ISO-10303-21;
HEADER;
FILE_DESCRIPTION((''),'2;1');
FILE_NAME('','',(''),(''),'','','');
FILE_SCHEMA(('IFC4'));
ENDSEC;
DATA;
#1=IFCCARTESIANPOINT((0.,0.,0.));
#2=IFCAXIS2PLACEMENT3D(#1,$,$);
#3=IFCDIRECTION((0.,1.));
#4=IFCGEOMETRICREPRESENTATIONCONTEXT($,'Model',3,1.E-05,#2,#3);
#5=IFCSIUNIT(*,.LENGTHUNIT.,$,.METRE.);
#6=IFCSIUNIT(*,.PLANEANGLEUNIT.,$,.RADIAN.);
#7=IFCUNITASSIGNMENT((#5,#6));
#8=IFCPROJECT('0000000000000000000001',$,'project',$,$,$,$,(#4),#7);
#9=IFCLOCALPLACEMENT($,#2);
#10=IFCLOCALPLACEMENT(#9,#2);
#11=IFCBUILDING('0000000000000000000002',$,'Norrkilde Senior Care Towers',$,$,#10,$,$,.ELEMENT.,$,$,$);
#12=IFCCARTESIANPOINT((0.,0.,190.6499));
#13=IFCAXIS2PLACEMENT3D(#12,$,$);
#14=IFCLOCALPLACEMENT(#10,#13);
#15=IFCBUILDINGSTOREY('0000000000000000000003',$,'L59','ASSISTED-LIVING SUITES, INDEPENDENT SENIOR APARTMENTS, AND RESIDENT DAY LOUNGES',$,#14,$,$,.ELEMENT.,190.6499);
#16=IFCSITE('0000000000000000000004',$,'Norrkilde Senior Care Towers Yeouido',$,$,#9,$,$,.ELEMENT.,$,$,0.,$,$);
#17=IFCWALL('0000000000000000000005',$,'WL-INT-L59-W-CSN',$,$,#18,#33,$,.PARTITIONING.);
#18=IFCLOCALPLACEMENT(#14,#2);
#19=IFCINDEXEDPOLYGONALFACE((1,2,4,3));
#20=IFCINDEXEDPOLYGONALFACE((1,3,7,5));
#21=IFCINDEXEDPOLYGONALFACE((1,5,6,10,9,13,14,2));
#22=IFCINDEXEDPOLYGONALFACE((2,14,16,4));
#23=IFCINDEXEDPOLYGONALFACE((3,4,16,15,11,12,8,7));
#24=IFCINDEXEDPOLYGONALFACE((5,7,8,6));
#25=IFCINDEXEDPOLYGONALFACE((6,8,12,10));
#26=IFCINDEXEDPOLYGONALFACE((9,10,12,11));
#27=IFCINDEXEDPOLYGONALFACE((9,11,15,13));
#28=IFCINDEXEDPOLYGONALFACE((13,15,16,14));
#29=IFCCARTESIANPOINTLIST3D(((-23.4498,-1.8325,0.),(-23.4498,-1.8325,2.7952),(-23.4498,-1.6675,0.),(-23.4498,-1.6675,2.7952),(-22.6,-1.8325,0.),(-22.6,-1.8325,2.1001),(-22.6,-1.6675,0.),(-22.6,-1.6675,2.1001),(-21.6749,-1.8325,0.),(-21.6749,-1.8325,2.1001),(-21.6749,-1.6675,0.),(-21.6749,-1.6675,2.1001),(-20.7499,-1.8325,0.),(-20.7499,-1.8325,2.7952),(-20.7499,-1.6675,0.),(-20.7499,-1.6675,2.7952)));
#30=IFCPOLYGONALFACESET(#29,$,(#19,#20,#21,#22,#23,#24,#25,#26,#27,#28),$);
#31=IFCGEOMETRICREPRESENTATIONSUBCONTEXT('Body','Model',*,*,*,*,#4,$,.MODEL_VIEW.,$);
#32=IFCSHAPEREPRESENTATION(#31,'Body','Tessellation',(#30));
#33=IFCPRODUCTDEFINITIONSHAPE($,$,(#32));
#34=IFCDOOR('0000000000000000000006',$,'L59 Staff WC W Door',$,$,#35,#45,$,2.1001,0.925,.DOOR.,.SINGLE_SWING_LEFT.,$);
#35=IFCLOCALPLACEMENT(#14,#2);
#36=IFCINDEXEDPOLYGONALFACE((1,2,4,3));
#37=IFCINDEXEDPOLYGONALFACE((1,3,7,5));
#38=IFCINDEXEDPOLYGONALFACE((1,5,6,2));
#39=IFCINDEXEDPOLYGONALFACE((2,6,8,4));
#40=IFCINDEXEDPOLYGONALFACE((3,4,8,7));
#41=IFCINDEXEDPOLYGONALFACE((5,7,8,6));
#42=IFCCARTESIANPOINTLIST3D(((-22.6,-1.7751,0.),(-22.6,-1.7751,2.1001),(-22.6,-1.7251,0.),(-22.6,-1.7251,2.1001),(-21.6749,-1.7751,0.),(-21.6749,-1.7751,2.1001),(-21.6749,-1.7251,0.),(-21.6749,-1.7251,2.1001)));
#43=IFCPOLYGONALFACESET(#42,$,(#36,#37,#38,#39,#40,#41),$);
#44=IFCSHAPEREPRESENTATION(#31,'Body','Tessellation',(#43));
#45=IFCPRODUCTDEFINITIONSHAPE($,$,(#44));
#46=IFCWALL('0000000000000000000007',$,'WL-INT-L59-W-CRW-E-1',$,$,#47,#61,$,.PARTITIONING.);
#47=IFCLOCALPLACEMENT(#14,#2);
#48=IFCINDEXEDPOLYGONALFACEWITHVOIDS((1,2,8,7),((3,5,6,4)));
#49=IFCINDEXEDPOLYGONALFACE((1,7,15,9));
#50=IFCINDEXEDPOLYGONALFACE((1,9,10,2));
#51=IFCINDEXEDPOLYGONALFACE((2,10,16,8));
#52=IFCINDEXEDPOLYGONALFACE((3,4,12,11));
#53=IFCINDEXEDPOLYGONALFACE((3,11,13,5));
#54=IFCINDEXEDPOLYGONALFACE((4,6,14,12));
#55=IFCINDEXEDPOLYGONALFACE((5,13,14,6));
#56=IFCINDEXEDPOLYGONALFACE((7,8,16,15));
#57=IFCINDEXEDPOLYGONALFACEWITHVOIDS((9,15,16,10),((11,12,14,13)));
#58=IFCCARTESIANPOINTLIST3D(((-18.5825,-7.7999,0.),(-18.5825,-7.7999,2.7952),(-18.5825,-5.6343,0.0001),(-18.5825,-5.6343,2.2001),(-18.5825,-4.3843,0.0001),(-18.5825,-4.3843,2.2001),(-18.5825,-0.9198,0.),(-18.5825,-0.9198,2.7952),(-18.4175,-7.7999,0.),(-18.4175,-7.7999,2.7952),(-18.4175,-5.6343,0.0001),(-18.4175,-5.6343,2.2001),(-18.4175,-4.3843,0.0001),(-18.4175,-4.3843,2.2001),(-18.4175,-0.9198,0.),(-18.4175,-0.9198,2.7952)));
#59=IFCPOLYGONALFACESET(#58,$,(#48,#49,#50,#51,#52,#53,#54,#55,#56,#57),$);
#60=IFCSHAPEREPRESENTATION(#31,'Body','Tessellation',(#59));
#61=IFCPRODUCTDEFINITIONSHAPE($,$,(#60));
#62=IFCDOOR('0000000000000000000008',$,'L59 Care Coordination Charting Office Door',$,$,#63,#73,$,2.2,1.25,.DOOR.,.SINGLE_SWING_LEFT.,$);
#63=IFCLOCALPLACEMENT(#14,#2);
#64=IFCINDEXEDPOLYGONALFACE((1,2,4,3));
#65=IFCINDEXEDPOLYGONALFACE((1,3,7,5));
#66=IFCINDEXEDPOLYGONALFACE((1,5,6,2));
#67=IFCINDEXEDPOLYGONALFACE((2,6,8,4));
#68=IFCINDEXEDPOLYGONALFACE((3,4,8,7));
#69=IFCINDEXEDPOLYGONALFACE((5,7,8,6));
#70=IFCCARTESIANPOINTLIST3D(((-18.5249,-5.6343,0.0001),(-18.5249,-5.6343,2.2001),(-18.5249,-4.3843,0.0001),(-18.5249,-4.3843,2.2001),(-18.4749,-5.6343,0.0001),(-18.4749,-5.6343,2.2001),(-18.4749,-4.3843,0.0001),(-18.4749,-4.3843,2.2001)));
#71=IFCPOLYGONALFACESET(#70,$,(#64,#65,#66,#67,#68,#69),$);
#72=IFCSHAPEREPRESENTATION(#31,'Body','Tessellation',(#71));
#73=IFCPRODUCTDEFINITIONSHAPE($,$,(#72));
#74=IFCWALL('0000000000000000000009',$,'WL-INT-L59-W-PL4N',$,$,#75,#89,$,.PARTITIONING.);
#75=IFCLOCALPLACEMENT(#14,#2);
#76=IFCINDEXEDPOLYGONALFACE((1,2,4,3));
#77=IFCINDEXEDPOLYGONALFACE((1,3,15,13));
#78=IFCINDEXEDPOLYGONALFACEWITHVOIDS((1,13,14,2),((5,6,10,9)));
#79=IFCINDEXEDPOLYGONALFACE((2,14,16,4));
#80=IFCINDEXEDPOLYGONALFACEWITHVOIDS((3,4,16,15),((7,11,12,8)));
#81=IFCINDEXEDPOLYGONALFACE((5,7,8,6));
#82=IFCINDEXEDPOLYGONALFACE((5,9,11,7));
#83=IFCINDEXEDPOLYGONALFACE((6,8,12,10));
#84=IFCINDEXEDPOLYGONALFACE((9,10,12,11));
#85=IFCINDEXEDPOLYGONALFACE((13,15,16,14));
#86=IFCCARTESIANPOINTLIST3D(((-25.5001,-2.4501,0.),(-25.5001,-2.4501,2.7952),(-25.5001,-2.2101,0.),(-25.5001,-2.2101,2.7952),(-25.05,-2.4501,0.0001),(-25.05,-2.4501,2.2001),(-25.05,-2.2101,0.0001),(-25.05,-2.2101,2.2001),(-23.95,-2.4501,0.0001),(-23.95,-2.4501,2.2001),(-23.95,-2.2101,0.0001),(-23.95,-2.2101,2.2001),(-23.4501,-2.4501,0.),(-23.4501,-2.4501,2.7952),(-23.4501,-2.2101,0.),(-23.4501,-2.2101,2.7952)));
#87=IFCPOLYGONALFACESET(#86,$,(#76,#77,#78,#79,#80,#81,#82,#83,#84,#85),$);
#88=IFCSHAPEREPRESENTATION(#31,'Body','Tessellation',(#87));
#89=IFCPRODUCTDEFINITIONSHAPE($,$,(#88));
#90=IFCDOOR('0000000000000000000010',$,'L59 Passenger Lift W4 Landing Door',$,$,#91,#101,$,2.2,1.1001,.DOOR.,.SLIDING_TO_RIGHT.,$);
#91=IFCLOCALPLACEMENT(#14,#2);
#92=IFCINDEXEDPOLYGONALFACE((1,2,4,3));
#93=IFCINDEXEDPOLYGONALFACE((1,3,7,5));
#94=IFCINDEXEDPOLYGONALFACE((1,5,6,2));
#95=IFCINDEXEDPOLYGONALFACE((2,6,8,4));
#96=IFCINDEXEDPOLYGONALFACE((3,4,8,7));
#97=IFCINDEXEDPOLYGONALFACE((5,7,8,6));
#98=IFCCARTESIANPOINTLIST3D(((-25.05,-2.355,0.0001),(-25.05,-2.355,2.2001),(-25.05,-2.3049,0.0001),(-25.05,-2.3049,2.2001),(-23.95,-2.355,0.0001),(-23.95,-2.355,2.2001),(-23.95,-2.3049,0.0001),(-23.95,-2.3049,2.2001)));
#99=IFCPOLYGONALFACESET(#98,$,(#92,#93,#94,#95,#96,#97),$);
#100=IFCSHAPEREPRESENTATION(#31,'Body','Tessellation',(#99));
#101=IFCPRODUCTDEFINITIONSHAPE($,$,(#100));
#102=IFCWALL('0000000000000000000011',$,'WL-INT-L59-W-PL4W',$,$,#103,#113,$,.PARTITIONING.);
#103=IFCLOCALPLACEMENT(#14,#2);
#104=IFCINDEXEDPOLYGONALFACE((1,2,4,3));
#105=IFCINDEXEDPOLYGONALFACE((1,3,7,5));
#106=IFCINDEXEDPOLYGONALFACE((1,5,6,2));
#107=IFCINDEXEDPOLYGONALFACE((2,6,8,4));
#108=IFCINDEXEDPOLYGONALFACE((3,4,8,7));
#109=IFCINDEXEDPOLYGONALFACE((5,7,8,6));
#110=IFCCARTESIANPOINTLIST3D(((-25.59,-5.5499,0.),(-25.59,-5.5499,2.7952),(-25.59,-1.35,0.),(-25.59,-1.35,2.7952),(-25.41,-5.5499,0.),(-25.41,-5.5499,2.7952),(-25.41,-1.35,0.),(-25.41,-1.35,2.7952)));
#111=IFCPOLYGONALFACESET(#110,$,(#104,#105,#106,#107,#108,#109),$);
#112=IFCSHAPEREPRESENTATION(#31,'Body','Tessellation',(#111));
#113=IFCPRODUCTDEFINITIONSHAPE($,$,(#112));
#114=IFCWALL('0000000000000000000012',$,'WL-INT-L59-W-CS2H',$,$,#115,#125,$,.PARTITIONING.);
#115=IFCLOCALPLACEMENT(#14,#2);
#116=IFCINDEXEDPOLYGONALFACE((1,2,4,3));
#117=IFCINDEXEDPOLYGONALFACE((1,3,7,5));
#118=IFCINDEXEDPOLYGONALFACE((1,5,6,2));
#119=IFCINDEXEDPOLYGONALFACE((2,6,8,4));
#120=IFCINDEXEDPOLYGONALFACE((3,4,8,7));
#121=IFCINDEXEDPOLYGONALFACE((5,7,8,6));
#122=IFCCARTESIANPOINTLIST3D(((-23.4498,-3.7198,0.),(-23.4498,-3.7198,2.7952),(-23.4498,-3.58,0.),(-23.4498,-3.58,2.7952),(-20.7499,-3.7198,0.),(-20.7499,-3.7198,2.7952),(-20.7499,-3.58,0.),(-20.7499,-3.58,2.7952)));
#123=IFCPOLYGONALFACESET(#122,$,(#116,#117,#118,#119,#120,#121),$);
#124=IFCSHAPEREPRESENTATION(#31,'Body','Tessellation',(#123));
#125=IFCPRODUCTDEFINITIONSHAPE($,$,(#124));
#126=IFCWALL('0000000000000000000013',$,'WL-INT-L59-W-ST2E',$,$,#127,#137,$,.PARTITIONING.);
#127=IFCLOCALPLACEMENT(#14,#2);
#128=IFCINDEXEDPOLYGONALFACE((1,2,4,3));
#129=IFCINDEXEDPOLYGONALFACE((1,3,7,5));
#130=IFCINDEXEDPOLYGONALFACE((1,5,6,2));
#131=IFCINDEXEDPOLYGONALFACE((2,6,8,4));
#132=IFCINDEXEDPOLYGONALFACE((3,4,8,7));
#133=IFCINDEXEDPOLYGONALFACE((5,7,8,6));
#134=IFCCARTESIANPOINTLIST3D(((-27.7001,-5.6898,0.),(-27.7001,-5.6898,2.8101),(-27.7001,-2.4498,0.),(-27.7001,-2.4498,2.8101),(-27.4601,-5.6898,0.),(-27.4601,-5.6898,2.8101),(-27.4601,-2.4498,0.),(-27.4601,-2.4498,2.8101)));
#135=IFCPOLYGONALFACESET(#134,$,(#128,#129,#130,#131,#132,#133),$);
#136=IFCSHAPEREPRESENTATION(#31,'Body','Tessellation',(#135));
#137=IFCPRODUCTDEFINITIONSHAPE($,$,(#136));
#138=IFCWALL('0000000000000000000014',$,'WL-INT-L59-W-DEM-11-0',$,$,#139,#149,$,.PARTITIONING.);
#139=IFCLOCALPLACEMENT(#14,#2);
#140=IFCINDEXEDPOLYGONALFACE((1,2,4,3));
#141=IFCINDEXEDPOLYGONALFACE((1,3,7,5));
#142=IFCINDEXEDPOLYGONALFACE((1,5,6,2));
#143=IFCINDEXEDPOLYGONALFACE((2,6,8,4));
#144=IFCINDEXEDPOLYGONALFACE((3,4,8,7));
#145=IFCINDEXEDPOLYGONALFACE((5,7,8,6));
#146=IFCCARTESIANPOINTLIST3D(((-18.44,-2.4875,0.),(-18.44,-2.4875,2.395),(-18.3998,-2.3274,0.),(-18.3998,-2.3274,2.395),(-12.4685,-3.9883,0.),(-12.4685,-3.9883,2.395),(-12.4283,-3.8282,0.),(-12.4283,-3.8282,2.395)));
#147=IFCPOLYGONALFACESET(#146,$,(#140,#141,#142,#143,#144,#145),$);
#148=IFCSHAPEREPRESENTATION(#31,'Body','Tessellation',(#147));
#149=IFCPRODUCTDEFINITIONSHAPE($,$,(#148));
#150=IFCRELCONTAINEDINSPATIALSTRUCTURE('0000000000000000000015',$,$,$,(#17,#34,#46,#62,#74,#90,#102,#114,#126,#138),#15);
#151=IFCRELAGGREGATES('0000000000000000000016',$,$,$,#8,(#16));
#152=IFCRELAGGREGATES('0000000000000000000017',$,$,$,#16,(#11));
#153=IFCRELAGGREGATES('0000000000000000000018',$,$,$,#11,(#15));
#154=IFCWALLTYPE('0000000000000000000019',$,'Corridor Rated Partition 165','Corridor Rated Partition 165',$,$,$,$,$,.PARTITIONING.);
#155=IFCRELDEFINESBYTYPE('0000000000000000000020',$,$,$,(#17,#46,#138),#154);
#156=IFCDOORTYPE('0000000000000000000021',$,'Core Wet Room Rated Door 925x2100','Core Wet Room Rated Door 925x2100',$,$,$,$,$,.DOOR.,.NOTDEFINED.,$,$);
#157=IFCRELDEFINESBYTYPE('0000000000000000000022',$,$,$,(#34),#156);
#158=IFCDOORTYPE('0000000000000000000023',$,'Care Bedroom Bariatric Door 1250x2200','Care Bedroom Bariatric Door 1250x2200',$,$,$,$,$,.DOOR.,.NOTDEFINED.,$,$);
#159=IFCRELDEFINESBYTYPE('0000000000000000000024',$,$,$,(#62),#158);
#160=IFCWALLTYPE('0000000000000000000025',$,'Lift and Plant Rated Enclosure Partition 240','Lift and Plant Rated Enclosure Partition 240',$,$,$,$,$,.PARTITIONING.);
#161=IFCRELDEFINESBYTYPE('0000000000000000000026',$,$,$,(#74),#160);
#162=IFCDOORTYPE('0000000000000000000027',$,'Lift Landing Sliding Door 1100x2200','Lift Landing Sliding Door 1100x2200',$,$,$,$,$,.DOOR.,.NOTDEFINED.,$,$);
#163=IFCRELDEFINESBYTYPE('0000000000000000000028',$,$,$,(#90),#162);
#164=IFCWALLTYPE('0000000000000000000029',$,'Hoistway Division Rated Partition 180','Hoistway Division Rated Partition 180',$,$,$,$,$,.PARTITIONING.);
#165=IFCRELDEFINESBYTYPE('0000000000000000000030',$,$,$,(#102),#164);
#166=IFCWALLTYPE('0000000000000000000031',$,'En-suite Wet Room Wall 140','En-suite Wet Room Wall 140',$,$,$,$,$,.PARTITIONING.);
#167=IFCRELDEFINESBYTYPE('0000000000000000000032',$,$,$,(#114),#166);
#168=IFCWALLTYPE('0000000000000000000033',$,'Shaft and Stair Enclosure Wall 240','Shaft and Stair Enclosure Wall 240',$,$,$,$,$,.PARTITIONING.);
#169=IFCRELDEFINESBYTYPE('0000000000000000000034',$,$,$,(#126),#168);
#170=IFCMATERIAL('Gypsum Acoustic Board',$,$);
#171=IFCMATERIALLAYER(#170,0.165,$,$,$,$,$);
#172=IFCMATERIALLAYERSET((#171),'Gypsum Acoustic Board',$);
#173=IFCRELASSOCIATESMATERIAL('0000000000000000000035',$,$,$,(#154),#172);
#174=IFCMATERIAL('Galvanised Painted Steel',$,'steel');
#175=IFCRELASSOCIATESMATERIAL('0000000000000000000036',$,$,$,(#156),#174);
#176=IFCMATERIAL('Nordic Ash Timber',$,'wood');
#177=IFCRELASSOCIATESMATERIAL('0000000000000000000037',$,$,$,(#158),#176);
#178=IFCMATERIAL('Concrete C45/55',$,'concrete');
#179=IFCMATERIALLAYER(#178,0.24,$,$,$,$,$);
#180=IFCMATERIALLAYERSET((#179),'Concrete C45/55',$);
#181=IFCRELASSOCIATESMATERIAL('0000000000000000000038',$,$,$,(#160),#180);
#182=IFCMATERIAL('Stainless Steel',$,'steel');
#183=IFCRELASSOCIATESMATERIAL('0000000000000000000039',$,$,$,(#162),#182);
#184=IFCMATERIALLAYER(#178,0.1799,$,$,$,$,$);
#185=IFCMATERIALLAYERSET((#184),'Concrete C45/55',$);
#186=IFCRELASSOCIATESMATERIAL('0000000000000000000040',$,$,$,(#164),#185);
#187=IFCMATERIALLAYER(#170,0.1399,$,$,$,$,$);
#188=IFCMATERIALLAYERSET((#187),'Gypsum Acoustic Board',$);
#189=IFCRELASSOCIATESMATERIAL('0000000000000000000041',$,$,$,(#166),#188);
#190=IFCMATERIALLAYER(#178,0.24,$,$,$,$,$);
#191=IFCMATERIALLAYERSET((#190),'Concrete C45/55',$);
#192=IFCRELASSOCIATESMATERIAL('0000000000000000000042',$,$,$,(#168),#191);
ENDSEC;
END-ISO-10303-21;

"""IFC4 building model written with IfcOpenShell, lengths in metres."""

from ifc_helpers import new_model, si_unit, direction, frame, frame_2d, origin, place, context, subcontext, project, spatial, rectangle, extrude, source, transform, mapped, material, layer, layer_set, type_object, type_shapes, element, fill, save


model = new_model("IFC4")

# Units and contexts
model_context = context("Model", 3, precision=1e-05, world=origin(), true_north=direction((0.0, 1.0)))
body_context = subcontext(model_context, "Body", "Model", "MODEL_VIEW")
ifc_project = project(units=[si_unit("LENGTHUNIT", "METRE"), si_unit("PLANEANGLEUNIT", "RADIAN")], contexts=[model_context])

# Site, building, storey
site_placement = place(None, origin())
site = spatial("IfcSite", under=ifc_project, at=site_placement, Name="Norrkilde Senior Care Towers Yeouido", CompositionType="ELEMENT", RefElevation=0.0)
building_placement = place(site_placement, origin())
building = spatial("IfcBuilding", under=site, at=building_placement, Name="Norrkilde Senior Care Towers", CompositionType="ELEMENT")
storey_placement = place(building_placement, frame((0.0, 0.0, 190.6499)))
storey = spatial("IfcBuildingStorey", under=building, at=storey_placement, Name="L59", Description="ASSISTED-LIVING SUITES, INDEPENDENT SENIOR APARTMENTS, AND RESIDENT DAY LOUNGES", CompositionType="ELEMENT", Elevation=190.6499)

# Shared definitions
ifc_material_1 = material(Name="Concrete C45/55", Category="concrete")

# Walls, openings, doors
ifc_material_2 = material(Name="Gypsum Acoustic Board")
ifc_layer_1 = layer(ifc_material_2, 0.165)
ifc_layer_set_1 = layer_set([ifc_layer_1], Name="Gypsum Acoustic Board")
wall_type_1 = type_object("IfcWallType", Name="Corridor Rated Partition 165", Description="Corridor Rated Partition 165", PredefinedType="PARTITIONING", material=ifc_layer_set_1)
shared_shape_1 = source(origin(), body_context, "Body", "SweptSolid", [
    extrude(rectangle(XDim=2.7, YDim=0.165, at=frame_2d((1.3501, 0.0))), origin(), (0.0, 0.0, 1.0), 2.7952),
])
wall_1_placement = place(storey_placement, frame((-23.45, -1.75, 0.0), z_axis=(0.0, 0.0, 1.0), x_axis=(1.0, 0.0, 0.0)))
wall_1 = element("IfcWall", 1, at=wall_1_placement, inside=storey, type_object=wall_type_1, Name="WL-INT-L59-W-CSN", PredefinedType="PARTITIONING", context=body_context, shape_type="MappedRepresentation", body=[
    mapped(shared_shape_1, transform((0.0, 0.0, 0.0), x_axis=(1.0, 0.0, 0.0), y_axis=(0.0, 1.0, 0.0), z_axis=(0.0, 0.0, 1.0), scale=1.0)),
])
opening_1_placement = place(wall_1_placement, frame((0.8501, 0.0, 0.0)))
opening_1 = element("IfcOpeningElement", 2, at=opening_1_placement, cuts=wall_1, PredefinedType="OPENING", context=body_context, shape_type="SweptSolid", body=[
    extrude(rectangle(XDim=0.925, YDim=2.1001, at=frame_2d((0.4624, 1.05))), frame((0.0, 0.0925, 0.0), z_axis=(0.0, -1.0, 0.0), x_axis=(1.0, 0.0, 0.0)), (0.0, 0.0, 1.0), 0.1851),
])
ifc_material_3 = material(Name="Galvanised Painted Steel", Category="steel")
door_type_1 = type_object("IfcDoorType", Name="Core Wet Room Rated Door 925x2100", Description="Core Wet Room Rated Door 925x2100", OperationType="NOTDEFINED", PredefinedType="DOOR", material=ifc_material_3)
shared_shape_2 = source(origin(), body_context, "Body", "SweptSolid", [
    extrude(rectangle(XDim=0.925, YDim=2.1001, at=frame_2d((0.4624, 1.05))), frame((0.0, 0.0249, 0.0), z_axis=(0.0, -1.0, 0.0), x_axis=(1.0, 0.0, 0.0)), (0.0, 0.0, 1.0), 0.05),
])
type_shapes(door_type_1, [shared_shape_2])
door_1_placement = place(opening_1_placement, origin())
door_1 = element("IfcDoor", 3, at=door_1_placement, inside=storey, type_object=door_type_1, Name="L59 Staff WC W Door", OperationType="SINGLE_SWING_LEFT", OverallHeight=2.1001, OverallWidth=0.925, PredefinedType="DOOR", context=body_context, shape_type="MappedRepresentation", body=[
    mapped(shared_shape_2, transform((0.0, 0.0, 0.0), x_axis=(1.0, 0.0, 0.0), y_axis=(0.0, 1.0, 0.0), z_axis=(0.0, 0.0, 1.0), scale=1.0)),
])
fill(opening_1, door_1)
shared_shape_3 = source(origin(), body_context, "Body", "SweptSolid", [
    extrude(rectangle(XDim=6.8801, YDim=0.165, at=frame_2d((3.4399, 0.0))), origin(), (0.0, 0.0, 1.0), 2.7952),
])
wall_2_placement = place(storey_placement, frame((-18.5, -0.9199, 0.0), z_axis=(0.0, 0.0, 1.0), x_axis=(0.0, -1.0, 0.0)))
wall_2 = element("IfcWall", 4, at=wall_2_placement, inside=storey, type_object=wall_type_1, Name="WL-INT-L59-W-CRW-E-1", PredefinedType="PARTITIONING", context=body_context, shape_type="MappedRepresentation", body=[
    mapped(shared_shape_3, transform((0.0, 0.0, 0.0), x_axis=(1.0, 0.0, 0.0), y_axis=(0.0, 1.0, 0.0), z_axis=(0.0, 0.0, 1.0), scale=1.0)),
])
opening_2_placement = place(wall_2_placement, frame((3.4644, 0.0, 0.0)))
opening_2 = element("IfcOpeningElement", 5, at=opening_2_placement, cuts=wall_2, PredefinedType="OPENING", context=body_context, shape_type="SweptSolid", body=[
    extrude(rectangle(XDim=1.25, YDim=2.2, at=frame_2d((0.625, 1.1001))), frame((0.0, 0.0925, 0.0), z_axis=(0.0, -1.0, 0.0), x_axis=(1.0, 0.0, 0.0)), (0.0, 0.0, 1.0), 0.1851),
])
ifc_material_4 = material(Name="Nordic Ash Timber", Category="wood")
door_type_2 = type_object("IfcDoorType", Name="Care Bedroom Bariatric Door 1250x2200", Description="Care Bedroom Bariatric Door 1250x2200", OperationType="NOTDEFINED", PredefinedType="DOOR", material=ifc_material_4)
shared_shape_4 = source(origin(), body_context, "Body", "SweptSolid", [
    extrude(rectangle(XDim=1.25, YDim=2.2, at=frame_2d((0.625, 1.1001))), frame((0.0, 0.0249, 0.0), z_axis=(0.0, -1.0, 0.0), x_axis=(1.0, 0.0, 0.0)), (0.0, 0.0, 1.0), 0.05),
])
type_shapes(door_type_2, [shared_shape_4])
door_2_placement = place(opening_2_placement, frame((1.25, 0.0, 0.0), z_axis=(0.0, 0.0, 1.0), x_axis=(-1.0, 0.0, 0.0)))
door_2 = element("IfcDoor", 6, at=door_2_placement, inside=storey, type_object=door_type_2, Name="L59 Care Coordination Charting Office Door", OperationType="SINGLE_SWING_LEFT", OverallHeight=2.2, OverallWidth=1.25, PredefinedType="DOOR", context=body_context, shape_type="MappedRepresentation", body=[
    mapped(shared_shape_4, transform((0.0, 0.0, 0.0), x_axis=(1.0, 0.0, 0.0), y_axis=(0.0, 1.0, 0.0), z_axis=(0.0, 0.0, 1.0), scale=1.0)),
])
fill(opening_2, door_2)
ifc_layer_2 = layer(ifc_material_1, 0.24)
ifc_layer_set_2 = layer_set([ifc_layer_2], Name="Concrete C45/55")
wall_type_2 = type_object("IfcWallType", Name="Lift and Plant Rated Enclosure Partition 240", Description="Lift and Plant Rated Enclosure Partition 240", PredefinedType="PARTITIONING", material=ifc_layer_set_2)
shared_shape_5 = source(origin(), body_context, "Body", "SweptSolid", [
    extrude(rectangle(XDim=2.05, YDim=0.24, at=frame_2d((1.0249, 0.0))), origin(), (0.0, 0.0, 1.0), 2.7952),
])
type_shapes(wall_type_2, [shared_shape_5])
wall_3_placement = place(storey_placement, frame((-25.5, -2.3301, 0.0), z_axis=(0.0, 0.0, 1.0), x_axis=(1.0, 0.0, 0.0)))
wall_3 = element("IfcWall", 7, at=wall_3_placement, inside=storey, type_object=wall_type_2, Name="WL-INT-L59-W-PL4N", PredefinedType="PARTITIONING", context=body_context, shape_type="MappedRepresentation", body=[
    mapped(shared_shape_5, transform((0.0, 0.0, 0.0), x_axis=(1.0, 0.0, 0.0), y_axis=(0.0, 1.0, 0.0), z_axis=(0.0, 0.0, 1.0), scale=1.0)),
])
opening_3_placement = place(wall_3_placement, frame((0.45, 0.0, 0.0)))
opening_3 = element("IfcOpeningElement", 8, at=opening_3_placement, cuts=wall_3, PredefinedType="OPENING", context=body_context, shape_type="SweptSolid", body=[
    extrude(rectangle(XDim=1.1001, YDim=2.2, at=frame_2d((0.55, 1.1001))), frame((0.0, 0.1299, 0.0), z_axis=(0.0, -1.0, 0.0), x_axis=(1.0, 0.0, 0.0)), (0.0, 0.0, 1.0), 0.26),
])
ifc_material_5 = material(Name="Stainless Steel", Category="steel")
door_type_3 = type_object("IfcDoorType", Name="Lift Landing Sliding Door 1100x2200", Description="Lift Landing Sliding Door 1100x2200", OperationType="NOTDEFINED", PredefinedType="DOOR", material=ifc_material_5)
shared_shape_6 = source(origin(), body_context, "Body", "SweptSolid", [
    extrude(rectangle(XDim=1.1001, YDim=2.2, at=frame_2d((0.55, 1.1001))), frame((0.0, 0.0249, 0.0), z_axis=(0.0, -1.0, 0.0), x_axis=(1.0, 0.0, 0.0)), (0.0, 0.0, 1.0), 0.05),
])
type_shapes(door_type_3, [shared_shape_6])
door_3_placement = place(opening_3_placement, frame((1.1001, 0.0, 0.0), z_axis=(0.0, 0.0, 1.0), x_axis=(-1.0, 0.0, 0.0)))
door_3 = element("IfcDoor", 9, at=door_3_placement, inside=storey, type_object=door_type_3, Name="L59 Passenger Lift W4 Landing Door", OperationType="SLIDING_TO_RIGHT", OverallHeight=2.2, OverallWidth=1.1001, PredefinedType="DOOR", context=body_context, shape_type="MappedRepresentation", body=[
    mapped(shared_shape_6, transform((0.0, 0.0, 0.0), x_axis=(1.0, 0.0, 0.0), y_axis=(0.0, 1.0, 0.0), z_axis=(0.0, 0.0, 1.0), scale=1.0)),
])
fill(opening_3, door_3)

# Walls
ifc_layer_3 = layer(ifc_material_1, 0.1799)
ifc_layer_set_3 = layer_set([ifc_layer_3], Name="Concrete C45/55")
wall_type_3 = type_object("IfcWallType", Name="Hoistway Division Rated Partition 180", Description="Hoistway Division Rated Partition 180", PredefinedType="PARTITIONING", material=ifc_layer_set_3)
shared_shape_7 = source(origin(), body_context, "Body", "SweptSolid", [
    extrude(rectangle(XDim=4.2, YDim=0.1799, at=frame_2d((2.1001, 0.0))), origin(), (0.0, 0.0, 1.0), 2.7952),
])
type_shapes(wall_type_3, [shared_shape_7])
wall_4_placement = place(storey_placement, frame((-25.5, -5.55, 0.0), z_axis=(0.0, 0.0, 1.0), x_axis=(0.0, 1.0, 0.0)))
element("IfcWall", 10, at=wall_4_placement, inside=storey, type_object=wall_type_3, Name="WL-INT-L59-W-PL4W", PredefinedType="PARTITIONING", context=body_context, shape_type="MappedRepresentation", body=[
    mapped(shared_shape_7, transform((0.0, 0.0, 0.0), x_axis=(1.0, 0.0, 0.0), y_axis=(0.0, 1.0, 0.0), z_axis=(0.0, 0.0, 1.0), scale=1.0)),
])
ifc_layer_4 = layer(ifc_material_2, 0.1399)
ifc_layer_set_4 = layer_set([ifc_layer_4], Name="Gypsum Acoustic Board")
wall_type_4 = type_object("IfcWallType", Name="En-suite Wet Room Wall 140", Description="En-suite Wet Room Wall 140", PredefinedType="PARTITIONING", material=ifc_layer_set_4)
shared_shape_8 = source(origin(), body_context, "Body", "SweptSolid", [
    extrude(rectangle(XDim=2.7, YDim=0.1399, at=frame_2d((1.3501, 0.0))), origin(), (0.0, 0.0, 1.0), 2.7952),
])
type_shapes(wall_type_4, [shared_shape_8])
wall_5_placement = place(storey_placement, frame((-23.45, -3.6499, 0.0), z_axis=(0.0, 0.0, 1.0), x_axis=(1.0, 0.0, 0.0)))
element("IfcWall", 11, at=wall_5_placement, inside=storey, type_object=wall_type_4, Name="WL-INT-L59-W-CS2H", PredefinedType="PARTITIONING", context=body_context, shape_type="MappedRepresentation", body=[
    mapped(shared_shape_8, transform((0.0, 0.0, 0.0), x_axis=(1.0, 0.0, 0.0), y_axis=(0.0, 1.0, 0.0), z_axis=(0.0, 0.0, 1.0), scale=1.0)),
])
ifc_layer_5 = layer(ifc_material_1, 0.24)
ifc_layer_set_5 = layer_set([ifc_layer_5], Name="Concrete C45/55")
wall_type_5 = type_object("IfcWallType", Name="Shaft and Stair Enclosure Wall 240", Description="Shaft and Stair Enclosure Wall 240", PredefinedType="PARTITIONING", material=ifc_layer_set_5)
shared_shape_9 = source(origin(), body_context, "Body", "SweptSolid", [
    extrude(rectangle(XDim=3.24, YDim=0.24, at=frame_2d((1.6201, 0.0))), origin(), (0.0, 0.0, 1.0), 2.8101),
])
type_shapes(wall_type_5, [shared_shape_9])
wall_6_placement = place(storey_placement, frame((-27.5801, -5.6899, 0.0), z_axis=(0.0, 0.0, 1.0), x_axis=(0.0, 1.0, 0.0)))
element("IfcWall", 12, at=wall_6_placement, inside=storey, type_object=wall_type_5, Name="WL-INT-L59-W-ST2E", PredefinedType="PARTITIONING", context=body_context, shape_type="MappedRepresentation", body=[
    mapped(shared_shape_9, transform((0.0, 0.0, 0.0), x_axis=(1.0, 0.0, 0.0), y_axis=(0.0, 1.0, 0.0), z_axis=(0.0, 0.0, 1.0), scale=1.0)),
])
shared_shape_10 = source(origin(), body_context, "Body", "SweptSolid", [
    extrude(rectangle(XDim=6.1572, YDim=0.165, at=frame_2d((3.0786, 0.0))), origin(), (0.0, 0.0, 1.0), 2.395),
])
type_shapes(wall_type_1, [shared_shape_1, shared_shape_3, shared_shape_10])
wall_7_placement = place(storey_placement, frame((-18.4199, -2.4075, 0.0), z_axis=(0.0, 0.0, 1.0), x_axis=(0.969841, -0.243739, 0.0)))
element("IfcWall", 13, at=wall_7_placement, inside=storey, type_object=wall_type_1, Name="WL-INT-L59-W-DEM-11-0", PredefinedType="PARTITIONING", context=body_context, shape_type="MappedRepresentation", body=[
    mapped(shared_shape_10, transform((0.0, 0.0, 0.0), x_axis=(1.0, 0.0, 0.0), y_axis=(0.0, 1.0, 0.0), z_axis=(0.0, 0.0, 1.0), scale=1.0)),
])

save(model, "model.ifc")
